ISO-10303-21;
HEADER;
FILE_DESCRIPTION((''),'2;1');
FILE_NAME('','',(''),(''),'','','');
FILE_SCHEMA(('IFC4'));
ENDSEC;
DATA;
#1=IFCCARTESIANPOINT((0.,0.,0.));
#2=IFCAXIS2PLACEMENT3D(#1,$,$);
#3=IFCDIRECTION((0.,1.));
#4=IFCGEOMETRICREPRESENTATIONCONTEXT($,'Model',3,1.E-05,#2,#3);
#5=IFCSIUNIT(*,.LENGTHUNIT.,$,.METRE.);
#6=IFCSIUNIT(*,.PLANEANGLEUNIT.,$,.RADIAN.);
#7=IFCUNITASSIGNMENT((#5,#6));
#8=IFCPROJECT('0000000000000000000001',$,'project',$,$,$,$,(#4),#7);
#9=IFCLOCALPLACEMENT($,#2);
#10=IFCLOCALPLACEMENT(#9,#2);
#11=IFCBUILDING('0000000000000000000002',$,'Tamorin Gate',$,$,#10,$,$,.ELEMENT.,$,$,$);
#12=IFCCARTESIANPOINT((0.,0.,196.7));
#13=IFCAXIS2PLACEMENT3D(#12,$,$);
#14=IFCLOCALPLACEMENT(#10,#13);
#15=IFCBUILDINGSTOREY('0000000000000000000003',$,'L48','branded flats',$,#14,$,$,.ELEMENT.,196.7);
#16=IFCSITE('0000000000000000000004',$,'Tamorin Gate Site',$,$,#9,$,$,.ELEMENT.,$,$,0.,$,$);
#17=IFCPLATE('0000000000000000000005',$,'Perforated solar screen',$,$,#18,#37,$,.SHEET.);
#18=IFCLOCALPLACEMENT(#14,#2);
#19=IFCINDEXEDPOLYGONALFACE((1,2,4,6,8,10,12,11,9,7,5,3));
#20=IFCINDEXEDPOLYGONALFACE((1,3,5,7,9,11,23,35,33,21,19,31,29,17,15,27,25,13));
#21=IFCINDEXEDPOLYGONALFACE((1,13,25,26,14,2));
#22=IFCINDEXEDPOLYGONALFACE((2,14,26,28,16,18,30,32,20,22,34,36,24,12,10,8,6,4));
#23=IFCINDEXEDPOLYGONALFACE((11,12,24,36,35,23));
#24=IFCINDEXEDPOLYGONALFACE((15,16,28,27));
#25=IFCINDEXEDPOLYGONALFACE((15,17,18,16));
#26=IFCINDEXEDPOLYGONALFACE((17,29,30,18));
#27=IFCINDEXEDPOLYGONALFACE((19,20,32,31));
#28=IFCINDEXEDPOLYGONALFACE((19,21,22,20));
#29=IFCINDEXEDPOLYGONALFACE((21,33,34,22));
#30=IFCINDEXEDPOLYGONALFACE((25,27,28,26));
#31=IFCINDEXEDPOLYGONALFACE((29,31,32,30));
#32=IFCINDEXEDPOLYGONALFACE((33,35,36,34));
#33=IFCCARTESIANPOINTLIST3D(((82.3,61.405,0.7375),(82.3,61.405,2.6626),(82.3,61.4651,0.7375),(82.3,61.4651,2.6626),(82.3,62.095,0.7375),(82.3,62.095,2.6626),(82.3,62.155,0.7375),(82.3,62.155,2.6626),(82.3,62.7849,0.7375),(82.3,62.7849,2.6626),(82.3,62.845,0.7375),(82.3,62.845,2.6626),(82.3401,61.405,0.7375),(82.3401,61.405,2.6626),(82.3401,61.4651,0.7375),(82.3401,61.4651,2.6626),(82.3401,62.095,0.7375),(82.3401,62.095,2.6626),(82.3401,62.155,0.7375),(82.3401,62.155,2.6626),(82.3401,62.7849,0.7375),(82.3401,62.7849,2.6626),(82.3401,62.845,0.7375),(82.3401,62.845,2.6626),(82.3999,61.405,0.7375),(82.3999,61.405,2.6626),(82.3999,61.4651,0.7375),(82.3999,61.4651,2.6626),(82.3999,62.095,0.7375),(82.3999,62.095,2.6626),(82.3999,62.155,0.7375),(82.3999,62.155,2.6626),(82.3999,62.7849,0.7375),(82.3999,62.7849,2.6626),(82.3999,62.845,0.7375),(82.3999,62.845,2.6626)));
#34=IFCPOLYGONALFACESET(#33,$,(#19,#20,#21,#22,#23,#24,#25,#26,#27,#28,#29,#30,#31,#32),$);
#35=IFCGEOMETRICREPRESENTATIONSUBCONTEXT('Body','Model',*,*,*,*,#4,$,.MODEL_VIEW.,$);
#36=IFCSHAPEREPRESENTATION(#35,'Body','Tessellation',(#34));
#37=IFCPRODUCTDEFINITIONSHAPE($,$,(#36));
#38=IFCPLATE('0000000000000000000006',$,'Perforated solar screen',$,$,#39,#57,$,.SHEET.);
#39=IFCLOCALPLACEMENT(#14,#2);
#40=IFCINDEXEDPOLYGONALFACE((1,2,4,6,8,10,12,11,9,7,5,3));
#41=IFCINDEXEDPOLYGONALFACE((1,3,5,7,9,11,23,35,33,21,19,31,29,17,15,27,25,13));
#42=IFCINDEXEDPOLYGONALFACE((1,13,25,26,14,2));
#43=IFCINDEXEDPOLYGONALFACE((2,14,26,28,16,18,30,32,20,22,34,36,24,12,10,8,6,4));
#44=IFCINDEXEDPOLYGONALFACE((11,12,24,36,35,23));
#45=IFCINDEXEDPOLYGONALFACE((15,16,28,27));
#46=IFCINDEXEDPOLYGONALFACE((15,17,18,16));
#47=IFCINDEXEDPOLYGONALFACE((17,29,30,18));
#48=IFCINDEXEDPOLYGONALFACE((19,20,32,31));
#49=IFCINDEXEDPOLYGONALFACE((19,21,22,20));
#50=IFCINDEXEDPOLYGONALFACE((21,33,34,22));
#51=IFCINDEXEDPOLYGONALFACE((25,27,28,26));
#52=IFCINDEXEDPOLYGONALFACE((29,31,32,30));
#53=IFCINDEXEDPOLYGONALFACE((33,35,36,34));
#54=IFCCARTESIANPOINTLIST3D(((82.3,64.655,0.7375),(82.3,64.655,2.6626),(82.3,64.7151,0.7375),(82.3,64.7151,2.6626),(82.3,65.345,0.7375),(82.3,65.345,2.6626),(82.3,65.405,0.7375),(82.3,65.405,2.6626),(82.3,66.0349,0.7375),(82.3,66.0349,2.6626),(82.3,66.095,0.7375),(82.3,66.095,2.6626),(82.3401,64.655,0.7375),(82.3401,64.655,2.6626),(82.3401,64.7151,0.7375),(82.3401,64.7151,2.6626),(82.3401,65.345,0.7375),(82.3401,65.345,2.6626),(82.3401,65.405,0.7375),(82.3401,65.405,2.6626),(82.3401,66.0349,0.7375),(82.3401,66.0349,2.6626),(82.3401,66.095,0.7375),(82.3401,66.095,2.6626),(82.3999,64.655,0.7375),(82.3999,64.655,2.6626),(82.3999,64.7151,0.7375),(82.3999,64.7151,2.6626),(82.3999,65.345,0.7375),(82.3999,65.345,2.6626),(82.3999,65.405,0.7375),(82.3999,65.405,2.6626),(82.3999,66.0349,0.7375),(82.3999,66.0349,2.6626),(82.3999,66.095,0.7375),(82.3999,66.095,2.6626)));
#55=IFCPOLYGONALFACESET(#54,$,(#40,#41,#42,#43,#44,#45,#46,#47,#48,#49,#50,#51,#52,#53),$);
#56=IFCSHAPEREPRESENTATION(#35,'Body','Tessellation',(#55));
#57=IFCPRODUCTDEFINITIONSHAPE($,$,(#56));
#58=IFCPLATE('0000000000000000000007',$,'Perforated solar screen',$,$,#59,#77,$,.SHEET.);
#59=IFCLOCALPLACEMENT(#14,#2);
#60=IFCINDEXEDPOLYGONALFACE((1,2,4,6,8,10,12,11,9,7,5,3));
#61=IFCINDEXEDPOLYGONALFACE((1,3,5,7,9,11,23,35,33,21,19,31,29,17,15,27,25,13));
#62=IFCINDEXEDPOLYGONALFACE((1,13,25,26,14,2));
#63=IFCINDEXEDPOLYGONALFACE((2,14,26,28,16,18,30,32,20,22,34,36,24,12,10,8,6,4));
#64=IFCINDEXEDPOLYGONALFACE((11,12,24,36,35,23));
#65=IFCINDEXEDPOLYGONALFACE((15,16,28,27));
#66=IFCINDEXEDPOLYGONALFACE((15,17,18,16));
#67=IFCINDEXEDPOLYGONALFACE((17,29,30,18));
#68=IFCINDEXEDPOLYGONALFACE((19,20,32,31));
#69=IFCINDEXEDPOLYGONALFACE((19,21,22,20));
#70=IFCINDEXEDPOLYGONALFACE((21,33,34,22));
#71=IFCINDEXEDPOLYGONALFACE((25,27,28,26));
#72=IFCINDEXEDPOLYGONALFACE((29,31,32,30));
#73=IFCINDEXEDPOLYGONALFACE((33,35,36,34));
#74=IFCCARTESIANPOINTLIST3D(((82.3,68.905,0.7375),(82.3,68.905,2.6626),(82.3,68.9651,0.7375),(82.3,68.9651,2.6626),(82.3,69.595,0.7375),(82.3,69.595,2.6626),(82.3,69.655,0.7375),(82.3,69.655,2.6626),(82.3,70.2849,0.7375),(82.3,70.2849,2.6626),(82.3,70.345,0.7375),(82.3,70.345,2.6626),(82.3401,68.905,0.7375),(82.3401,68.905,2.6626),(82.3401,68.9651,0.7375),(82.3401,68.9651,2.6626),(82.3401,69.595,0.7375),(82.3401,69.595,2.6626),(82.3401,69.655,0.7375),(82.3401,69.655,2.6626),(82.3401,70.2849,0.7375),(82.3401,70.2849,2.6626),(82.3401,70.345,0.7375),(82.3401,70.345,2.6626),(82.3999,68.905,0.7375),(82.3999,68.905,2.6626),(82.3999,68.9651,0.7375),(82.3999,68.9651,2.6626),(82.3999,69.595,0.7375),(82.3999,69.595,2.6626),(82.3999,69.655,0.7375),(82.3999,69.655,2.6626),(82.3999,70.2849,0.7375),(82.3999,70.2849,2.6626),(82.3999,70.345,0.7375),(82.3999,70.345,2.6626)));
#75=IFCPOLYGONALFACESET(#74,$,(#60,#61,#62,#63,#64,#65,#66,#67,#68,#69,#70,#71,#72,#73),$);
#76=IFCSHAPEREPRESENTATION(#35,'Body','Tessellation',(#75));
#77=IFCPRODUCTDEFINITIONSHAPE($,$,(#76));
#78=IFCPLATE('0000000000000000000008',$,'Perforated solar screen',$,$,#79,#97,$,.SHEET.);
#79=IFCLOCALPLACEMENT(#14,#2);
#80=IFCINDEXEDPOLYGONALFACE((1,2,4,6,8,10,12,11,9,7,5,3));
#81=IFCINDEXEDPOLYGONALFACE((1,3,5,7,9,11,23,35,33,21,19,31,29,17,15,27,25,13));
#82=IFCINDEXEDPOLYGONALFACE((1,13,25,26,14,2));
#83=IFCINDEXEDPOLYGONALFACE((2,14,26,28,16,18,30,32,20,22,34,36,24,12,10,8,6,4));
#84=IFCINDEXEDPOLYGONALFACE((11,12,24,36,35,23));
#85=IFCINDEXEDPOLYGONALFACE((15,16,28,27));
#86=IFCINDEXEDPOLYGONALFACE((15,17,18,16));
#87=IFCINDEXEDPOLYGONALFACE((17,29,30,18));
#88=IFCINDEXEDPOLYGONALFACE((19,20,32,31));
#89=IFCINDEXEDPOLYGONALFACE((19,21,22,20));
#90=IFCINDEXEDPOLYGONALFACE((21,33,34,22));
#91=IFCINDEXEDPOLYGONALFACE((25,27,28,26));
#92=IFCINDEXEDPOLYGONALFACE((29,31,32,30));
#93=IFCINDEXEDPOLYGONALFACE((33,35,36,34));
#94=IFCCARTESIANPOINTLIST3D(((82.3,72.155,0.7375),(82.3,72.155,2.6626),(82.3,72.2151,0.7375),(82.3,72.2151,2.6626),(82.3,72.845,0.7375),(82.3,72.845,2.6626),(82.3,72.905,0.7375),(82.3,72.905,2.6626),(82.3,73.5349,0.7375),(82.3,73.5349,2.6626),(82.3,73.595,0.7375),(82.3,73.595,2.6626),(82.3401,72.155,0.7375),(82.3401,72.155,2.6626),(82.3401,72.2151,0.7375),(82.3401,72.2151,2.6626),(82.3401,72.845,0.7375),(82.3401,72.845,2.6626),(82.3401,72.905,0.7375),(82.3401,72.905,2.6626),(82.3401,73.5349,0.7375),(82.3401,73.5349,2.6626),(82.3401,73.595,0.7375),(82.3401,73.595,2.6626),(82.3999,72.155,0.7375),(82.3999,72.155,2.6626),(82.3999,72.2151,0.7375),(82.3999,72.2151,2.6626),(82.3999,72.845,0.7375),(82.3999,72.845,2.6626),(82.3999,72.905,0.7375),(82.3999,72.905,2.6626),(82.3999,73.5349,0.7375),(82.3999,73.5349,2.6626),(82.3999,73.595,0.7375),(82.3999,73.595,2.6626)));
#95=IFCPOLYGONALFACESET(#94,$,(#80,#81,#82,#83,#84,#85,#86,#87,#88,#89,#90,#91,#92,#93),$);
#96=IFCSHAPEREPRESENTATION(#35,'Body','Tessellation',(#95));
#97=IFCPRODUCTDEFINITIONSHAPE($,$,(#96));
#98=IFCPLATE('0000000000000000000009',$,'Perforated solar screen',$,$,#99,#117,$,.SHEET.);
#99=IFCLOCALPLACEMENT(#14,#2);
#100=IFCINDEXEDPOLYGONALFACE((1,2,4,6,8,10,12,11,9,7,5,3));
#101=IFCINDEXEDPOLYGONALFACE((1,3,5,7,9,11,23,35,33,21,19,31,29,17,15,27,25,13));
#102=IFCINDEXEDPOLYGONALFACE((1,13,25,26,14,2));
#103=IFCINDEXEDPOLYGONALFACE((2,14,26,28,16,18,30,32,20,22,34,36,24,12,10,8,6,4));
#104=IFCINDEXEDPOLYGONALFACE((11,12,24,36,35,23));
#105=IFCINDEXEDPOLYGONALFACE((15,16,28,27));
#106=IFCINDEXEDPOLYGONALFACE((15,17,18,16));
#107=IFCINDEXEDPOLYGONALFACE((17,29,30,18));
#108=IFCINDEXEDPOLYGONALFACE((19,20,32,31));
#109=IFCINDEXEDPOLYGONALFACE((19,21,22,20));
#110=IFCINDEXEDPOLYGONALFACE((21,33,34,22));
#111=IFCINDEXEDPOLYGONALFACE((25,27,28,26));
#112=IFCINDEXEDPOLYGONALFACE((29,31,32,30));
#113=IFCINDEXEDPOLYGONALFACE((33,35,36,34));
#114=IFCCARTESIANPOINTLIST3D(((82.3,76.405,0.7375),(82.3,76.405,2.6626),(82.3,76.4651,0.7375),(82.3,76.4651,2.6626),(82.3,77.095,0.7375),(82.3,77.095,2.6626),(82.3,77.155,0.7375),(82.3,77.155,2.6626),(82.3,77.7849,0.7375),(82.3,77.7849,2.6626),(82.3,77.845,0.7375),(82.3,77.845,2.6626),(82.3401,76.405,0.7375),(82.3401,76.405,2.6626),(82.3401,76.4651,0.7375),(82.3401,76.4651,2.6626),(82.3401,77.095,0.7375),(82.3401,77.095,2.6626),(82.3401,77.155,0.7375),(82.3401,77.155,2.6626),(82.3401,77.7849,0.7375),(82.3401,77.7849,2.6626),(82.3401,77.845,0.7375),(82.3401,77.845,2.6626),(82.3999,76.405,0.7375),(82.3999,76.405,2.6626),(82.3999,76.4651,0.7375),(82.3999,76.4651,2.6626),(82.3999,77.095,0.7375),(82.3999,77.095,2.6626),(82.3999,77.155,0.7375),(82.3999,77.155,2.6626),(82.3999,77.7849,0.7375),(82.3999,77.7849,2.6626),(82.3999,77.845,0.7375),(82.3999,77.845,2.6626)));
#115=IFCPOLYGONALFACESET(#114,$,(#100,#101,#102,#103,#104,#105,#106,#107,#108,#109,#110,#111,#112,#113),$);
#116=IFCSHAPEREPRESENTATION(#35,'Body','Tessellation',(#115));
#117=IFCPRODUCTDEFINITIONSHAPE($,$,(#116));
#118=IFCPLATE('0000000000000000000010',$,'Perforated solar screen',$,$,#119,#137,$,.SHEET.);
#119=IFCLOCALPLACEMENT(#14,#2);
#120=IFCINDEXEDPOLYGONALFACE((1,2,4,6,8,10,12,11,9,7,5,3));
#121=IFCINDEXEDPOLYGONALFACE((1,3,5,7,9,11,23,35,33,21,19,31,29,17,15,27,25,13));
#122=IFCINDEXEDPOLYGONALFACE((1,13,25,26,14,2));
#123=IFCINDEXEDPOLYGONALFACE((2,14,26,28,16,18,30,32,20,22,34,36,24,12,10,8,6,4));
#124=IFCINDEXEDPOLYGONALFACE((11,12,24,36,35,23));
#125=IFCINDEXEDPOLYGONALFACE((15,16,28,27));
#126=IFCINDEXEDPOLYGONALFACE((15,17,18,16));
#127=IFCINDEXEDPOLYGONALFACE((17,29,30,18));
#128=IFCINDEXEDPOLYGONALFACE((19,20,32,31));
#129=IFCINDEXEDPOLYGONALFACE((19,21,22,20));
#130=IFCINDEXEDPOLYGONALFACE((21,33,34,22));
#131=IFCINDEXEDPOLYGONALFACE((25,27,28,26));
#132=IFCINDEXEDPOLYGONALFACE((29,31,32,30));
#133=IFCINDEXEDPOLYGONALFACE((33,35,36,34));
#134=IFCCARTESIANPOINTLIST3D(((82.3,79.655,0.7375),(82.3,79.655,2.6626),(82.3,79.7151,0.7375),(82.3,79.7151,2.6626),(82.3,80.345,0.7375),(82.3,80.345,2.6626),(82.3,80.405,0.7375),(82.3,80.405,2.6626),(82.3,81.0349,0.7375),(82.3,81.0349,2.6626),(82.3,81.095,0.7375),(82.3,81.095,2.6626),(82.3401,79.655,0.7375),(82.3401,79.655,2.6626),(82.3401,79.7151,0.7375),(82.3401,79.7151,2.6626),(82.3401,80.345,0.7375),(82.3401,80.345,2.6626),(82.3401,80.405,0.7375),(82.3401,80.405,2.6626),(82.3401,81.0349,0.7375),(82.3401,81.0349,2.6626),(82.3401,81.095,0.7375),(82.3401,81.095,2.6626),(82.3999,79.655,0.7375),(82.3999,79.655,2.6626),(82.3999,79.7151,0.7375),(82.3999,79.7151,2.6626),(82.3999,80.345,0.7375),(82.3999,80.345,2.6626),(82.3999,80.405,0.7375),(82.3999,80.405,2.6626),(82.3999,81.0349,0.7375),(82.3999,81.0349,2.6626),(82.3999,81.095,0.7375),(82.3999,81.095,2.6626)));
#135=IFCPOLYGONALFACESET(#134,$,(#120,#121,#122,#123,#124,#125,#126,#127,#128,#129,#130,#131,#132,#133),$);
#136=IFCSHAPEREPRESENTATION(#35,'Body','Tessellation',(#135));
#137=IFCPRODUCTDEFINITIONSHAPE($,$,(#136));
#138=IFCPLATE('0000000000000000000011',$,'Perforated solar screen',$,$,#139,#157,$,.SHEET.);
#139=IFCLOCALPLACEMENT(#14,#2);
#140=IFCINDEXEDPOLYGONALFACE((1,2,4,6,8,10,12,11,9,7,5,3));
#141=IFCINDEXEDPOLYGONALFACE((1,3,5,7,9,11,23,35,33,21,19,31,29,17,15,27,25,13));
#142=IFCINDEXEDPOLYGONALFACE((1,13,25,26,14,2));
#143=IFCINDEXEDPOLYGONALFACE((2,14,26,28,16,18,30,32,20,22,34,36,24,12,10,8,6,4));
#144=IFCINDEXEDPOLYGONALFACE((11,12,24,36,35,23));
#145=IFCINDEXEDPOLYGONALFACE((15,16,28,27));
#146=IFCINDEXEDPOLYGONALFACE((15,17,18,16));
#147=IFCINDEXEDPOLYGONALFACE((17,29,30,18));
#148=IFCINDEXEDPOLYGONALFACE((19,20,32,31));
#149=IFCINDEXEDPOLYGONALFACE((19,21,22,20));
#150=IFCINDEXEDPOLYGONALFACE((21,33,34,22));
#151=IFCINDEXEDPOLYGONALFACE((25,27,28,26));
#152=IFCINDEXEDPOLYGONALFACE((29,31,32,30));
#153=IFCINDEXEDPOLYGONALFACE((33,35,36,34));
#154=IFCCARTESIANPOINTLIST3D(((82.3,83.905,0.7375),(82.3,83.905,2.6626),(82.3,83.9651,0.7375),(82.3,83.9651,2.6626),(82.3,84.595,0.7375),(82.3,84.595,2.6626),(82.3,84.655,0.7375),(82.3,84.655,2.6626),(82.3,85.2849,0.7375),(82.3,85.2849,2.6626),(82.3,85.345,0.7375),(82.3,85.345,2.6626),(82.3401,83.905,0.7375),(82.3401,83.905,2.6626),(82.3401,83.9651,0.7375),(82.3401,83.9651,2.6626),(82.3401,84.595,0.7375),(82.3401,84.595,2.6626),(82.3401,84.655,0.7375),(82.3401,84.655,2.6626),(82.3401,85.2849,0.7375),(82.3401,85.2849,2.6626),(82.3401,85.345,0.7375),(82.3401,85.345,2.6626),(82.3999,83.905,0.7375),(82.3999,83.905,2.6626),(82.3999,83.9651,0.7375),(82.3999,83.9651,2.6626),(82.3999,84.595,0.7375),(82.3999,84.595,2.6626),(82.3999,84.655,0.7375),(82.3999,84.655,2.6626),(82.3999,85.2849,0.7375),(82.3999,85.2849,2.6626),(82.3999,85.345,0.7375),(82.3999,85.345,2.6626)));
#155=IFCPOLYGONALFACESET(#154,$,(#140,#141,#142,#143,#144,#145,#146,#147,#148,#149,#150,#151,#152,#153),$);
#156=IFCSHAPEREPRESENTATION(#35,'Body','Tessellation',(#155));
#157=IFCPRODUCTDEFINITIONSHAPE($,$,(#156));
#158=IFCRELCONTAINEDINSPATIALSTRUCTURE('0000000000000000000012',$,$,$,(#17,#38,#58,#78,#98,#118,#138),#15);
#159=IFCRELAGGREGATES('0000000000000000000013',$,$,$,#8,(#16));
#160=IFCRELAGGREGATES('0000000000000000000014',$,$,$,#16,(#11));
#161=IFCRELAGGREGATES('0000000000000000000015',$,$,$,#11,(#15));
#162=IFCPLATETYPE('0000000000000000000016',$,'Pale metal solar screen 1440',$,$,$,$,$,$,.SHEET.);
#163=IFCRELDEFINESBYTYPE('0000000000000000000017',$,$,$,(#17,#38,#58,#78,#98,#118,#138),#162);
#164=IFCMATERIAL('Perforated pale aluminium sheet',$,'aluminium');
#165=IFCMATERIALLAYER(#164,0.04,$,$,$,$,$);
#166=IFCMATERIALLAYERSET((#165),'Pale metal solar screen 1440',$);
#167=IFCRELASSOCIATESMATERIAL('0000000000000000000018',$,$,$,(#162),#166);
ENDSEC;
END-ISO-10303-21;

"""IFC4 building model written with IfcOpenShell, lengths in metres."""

from ifc_helpers import new_model, si_unit, direction, frame, origin, place, context, subcontext, project, spatial, polyline, outline, extrude, material, layer, layer_set, type_object, element, save


model = new_model("IFC4")

# Units and contexts
model_context = context("Model", 3, precision=1e-05, world=origin(), true_north=direction((0.0, 1.0)))
body_context = subcontext(model_context, "Body", "Model", "MODEL_VIEW")
ifc_project = project(units=[si_unit("LENGTHUNIT", "METRE"), si_unit("PLANEANGLEUNIT", "RADIAN")], contexts=[model_context])

# Site, building, storey
site_placement = place(None, origin())
site = spatial("IfcSite", under=ifc_project, at=site_placement, Name="Tamorin Gate Site", CompositionType="ELEMENT", RefElevation=0.0)
building_placement = place(site_placement, origin())
building = spatial("IfcBuilding", under=site, at=building_placement, Name="Tamorin Gate", CompositionType="ELEMENT")
storey_placement = place(building_placement, frame((0.0, 0.0, 196.7)))
storey = spatial("IfcBuildingStorey", under=building, at=storey_placement, Name="L48", Description="branded flats", CompositionType="ELEMENT", Elevation=196.7)

# Plates
ifc_material_1 = material(Name="Perforated pale aluminium sheet", Category="aluminium")
ifc_layer_1 = layer(ifc_material_1, 0.04)
ifc_layer_set_1 = layer_set([ifc_layer_1], Name="Pale metal solar screen 1440")
plate_type_1 = type_object("IfcPlateType", Name="Pale metal solar screen 1440", PredefinedType="SHEET", material=ifc_layer_set_1)
plate_1_placement = place(storey_placement, frame((0.0, 0.0, 0.7375)))
element("IfcPlate", 1, at=plate_1_placement, inside=storey, type_object=plate_type_1, Name="Perforated solar screen", PredefinedType="SHEET", context=body_context, shape_type="SweptSolid", body=[
    extrude(outline(polyline([(82.3401, 61.405), (82.3, 61.405), (82.3, 61.4651), (82.3, 62.095), (82.3, 62.155), (82.3, 62.7849), (82.3, 62.845), (82.3401, 62.845), (82.3999, 62.845), (82.3999, 62.7849), (82.3401, 62.7849), (82.3401, 62.155), (82.3999, 62.155), (82.3999, 62.095), (82.3401, 62.095), (82.3401, 61.4651), (82.3999, 61.4651), (82.3999, 61.405), (82.3401, 61.405)])), origin(), (0.0, 0.0, 1.0), 1.925),
])
plate_2_placement = place(storey_placement, frame((0.0, 0.0, 0.7375)))
element("IfcPlate", 2, at=plate_2_placement, inside=storey, type_object=plate_type_1, Name="Perforated solar screen", PredefinedType="SHEET", context=body_context, shape_type="SweptSolid", body=[
    extrude(outline(polyline([(82.3401, 64.655), (82.3, 64.655), (82.3, 64.7151), (82.3, 65.345), (82.3, 65.405), (82.3, 66.0349), (82.3, 66.095), (82.3401, 66.095), (82.3999, 66.095), (82.3999, 66.0349), (82.3401, 66.0349), (82.3401, 65.405), (82.3999, 65.405), (82.3999, 65.345), (82.3401, 65.345), (82.3401, 64.7151), (82.3999, 64.7151), (82.3999, 64.655), (82.3401, 64.655)])), origin(), (0.0, 0.0, 1.0), 1.925),
])
plate_3_placement = place(storey_placement, frame((0.0, 0.0, 0.7375)))
element("IfcPlate", 3, at=plate_3_placement, inside=storey, type_object=plate_type_1, Name="Perforated solar screen", PredefinedType="SHEET", context=body_context, shape_type="SweptSolid", body=[
    extrude(outline(polyline([(82.3401, 68.905), (82.3, 68.905), (82.3, 68.9651), (82.3, 69.595), (82.3, 69.655), (82.3, 70.2849), (82.3, 70.345), (82.3401, 70.345), (82.3999, 70.345), (82.3999, 70.2849), (82.3401, 70.2849), (82.3401, 69.655), (82.3999, 69.655), (82.3999, 69.595), (82.3401, 69.595), (82.3401, 68.9651), (82.3999, 68.9651), (82.3999, 68.905), (82.3401, 68.905)])), origin(), (0.0, 0.0, 1.0), 1.925),
])
plate_4_placement = place(storey_placement, frame((0.0, 0.0, 0.7375)))
element("IfcPlate", 4, at=plate_4_placement, inside=storey, type_object=plate_type_1, Name="Perforated solar screen", PredefinedType="SHEET", context=body_context, shape_type="SweptSolid", body=[
    extrude(outline(polyline([(82.3401, 72.155), (82.3, 72.155), (82.3, 72.2151), (82.3, 72.845), (82.3, 72.905), (82.3, 73.5349), (82.3, 73.595), (82.3401, 73.595), (82.3999, 73.595), (82.3999, 73.5349), (82.3401, 73.5349), (82.3401, 72.905), (82.3999, 72.905), (82.3999, 72.845), (82.3401, 72.845), (82.3401, 72.2151), (82.3999, 72.2151), (82.3999, 72.155), (82.3401, 72.155)])), origin(), (0.0, 0.0, 1.0), 1.925),
])
plate_5_placement = place(storey_placement, frame((0.0, 0.0, 0.7375)))
element("IfcPlate", 5, at=plate_5_placement, inside=storey, type_object=plate_type_1, Name="Perforated solar screen", PredefinedType="SHEET", context=body_context, shape_type="SweptSolid", body=[
    extrude(outline(polyline([(82.3401, 76.405), (82.3, 76.405), (82.3, 76.4651), (82.3, 77.095), (82.3, 77.155), (82.3, 77.7849), (82.3, 77.845), (82.3401, 77.845), (82.3999, 77.845), (82.3999, 77.7849), (82.3401, 77.7849), (82.3401, 77.155), (82.3999, 77.155), (82.3999, 77.095), (82.3401, 77.095), (82.3401, 76.4651), (82.3999, 76.4651), (82.3999, 76.405), (82.3401, 76.405)])), origin(), (0.0, 0.0, 1.0), 1.925),
])
plate_6_placement = place(storey_placement, frame((0.0, 0.0, 0.7375)))
element("IfcPlate", 6, at=plate_6_placement, inside=storey, type_object=plate_type_1, Name="Perforated solar screen", PredefinedType="SHEET", context=body_context, shape_type="SweptSolid", body=[
    extrude(outline(polyline([(82.3401, 79.655), (82.3, 79.655), (82.3, 79.7151), (82.3, 80.345), (82.3, 80.405), (82.3, 81.0349), (82.3, 81.095), (82.3401, 81.095), (82.3999, 81.095), (82.3999, 81.0349), (82.3401, 81.0349), (82.3401, 80.405), (82.3999, 80.405), (82.3999, 80.345), (82.3401, 80.345), (82.3401, 79.7151), (82.3999, 79.7151), (82.3999, 79.655), (82.3401, 79.655)])), origin(), (0.0, 0.0, 1.0), 1.925),
])
plate_7_placement = place(storey_placement, frame((0.0, 0.0, 0.7375)))
element("IfcPlate", 7, at=plate_7_placement, inside=storey, type_object=plate_type_1, Name="Perforated solar screen", PredefinedType="SHEET", context=body_context, shape_type="SweptSolid", body=[
    extrude(outline(polyline([(82.3401, 83.905), (82.3, 83.905), (82.3, 83.9651), (82.3, 84.595), (82.3, 84.655), (82.3, 85.2849), (82.3, 85.345), (82.3401, 85.345), (82.3999, 85.345), (82.3999, 85.2849), (82.3401, 85.2849), (82.3401, 84.655), (82.3999, 84.655), (82.3999, 84.595), (82.3401, 84.595), (82.3401, 83.9651), (82.3999, 83.9651), (82.3999, 83.905), (82.3401, 83.905)])), origin(), (0.0, 0.0, 1.0), 1.925),
])

save(model, "model.ifc")
